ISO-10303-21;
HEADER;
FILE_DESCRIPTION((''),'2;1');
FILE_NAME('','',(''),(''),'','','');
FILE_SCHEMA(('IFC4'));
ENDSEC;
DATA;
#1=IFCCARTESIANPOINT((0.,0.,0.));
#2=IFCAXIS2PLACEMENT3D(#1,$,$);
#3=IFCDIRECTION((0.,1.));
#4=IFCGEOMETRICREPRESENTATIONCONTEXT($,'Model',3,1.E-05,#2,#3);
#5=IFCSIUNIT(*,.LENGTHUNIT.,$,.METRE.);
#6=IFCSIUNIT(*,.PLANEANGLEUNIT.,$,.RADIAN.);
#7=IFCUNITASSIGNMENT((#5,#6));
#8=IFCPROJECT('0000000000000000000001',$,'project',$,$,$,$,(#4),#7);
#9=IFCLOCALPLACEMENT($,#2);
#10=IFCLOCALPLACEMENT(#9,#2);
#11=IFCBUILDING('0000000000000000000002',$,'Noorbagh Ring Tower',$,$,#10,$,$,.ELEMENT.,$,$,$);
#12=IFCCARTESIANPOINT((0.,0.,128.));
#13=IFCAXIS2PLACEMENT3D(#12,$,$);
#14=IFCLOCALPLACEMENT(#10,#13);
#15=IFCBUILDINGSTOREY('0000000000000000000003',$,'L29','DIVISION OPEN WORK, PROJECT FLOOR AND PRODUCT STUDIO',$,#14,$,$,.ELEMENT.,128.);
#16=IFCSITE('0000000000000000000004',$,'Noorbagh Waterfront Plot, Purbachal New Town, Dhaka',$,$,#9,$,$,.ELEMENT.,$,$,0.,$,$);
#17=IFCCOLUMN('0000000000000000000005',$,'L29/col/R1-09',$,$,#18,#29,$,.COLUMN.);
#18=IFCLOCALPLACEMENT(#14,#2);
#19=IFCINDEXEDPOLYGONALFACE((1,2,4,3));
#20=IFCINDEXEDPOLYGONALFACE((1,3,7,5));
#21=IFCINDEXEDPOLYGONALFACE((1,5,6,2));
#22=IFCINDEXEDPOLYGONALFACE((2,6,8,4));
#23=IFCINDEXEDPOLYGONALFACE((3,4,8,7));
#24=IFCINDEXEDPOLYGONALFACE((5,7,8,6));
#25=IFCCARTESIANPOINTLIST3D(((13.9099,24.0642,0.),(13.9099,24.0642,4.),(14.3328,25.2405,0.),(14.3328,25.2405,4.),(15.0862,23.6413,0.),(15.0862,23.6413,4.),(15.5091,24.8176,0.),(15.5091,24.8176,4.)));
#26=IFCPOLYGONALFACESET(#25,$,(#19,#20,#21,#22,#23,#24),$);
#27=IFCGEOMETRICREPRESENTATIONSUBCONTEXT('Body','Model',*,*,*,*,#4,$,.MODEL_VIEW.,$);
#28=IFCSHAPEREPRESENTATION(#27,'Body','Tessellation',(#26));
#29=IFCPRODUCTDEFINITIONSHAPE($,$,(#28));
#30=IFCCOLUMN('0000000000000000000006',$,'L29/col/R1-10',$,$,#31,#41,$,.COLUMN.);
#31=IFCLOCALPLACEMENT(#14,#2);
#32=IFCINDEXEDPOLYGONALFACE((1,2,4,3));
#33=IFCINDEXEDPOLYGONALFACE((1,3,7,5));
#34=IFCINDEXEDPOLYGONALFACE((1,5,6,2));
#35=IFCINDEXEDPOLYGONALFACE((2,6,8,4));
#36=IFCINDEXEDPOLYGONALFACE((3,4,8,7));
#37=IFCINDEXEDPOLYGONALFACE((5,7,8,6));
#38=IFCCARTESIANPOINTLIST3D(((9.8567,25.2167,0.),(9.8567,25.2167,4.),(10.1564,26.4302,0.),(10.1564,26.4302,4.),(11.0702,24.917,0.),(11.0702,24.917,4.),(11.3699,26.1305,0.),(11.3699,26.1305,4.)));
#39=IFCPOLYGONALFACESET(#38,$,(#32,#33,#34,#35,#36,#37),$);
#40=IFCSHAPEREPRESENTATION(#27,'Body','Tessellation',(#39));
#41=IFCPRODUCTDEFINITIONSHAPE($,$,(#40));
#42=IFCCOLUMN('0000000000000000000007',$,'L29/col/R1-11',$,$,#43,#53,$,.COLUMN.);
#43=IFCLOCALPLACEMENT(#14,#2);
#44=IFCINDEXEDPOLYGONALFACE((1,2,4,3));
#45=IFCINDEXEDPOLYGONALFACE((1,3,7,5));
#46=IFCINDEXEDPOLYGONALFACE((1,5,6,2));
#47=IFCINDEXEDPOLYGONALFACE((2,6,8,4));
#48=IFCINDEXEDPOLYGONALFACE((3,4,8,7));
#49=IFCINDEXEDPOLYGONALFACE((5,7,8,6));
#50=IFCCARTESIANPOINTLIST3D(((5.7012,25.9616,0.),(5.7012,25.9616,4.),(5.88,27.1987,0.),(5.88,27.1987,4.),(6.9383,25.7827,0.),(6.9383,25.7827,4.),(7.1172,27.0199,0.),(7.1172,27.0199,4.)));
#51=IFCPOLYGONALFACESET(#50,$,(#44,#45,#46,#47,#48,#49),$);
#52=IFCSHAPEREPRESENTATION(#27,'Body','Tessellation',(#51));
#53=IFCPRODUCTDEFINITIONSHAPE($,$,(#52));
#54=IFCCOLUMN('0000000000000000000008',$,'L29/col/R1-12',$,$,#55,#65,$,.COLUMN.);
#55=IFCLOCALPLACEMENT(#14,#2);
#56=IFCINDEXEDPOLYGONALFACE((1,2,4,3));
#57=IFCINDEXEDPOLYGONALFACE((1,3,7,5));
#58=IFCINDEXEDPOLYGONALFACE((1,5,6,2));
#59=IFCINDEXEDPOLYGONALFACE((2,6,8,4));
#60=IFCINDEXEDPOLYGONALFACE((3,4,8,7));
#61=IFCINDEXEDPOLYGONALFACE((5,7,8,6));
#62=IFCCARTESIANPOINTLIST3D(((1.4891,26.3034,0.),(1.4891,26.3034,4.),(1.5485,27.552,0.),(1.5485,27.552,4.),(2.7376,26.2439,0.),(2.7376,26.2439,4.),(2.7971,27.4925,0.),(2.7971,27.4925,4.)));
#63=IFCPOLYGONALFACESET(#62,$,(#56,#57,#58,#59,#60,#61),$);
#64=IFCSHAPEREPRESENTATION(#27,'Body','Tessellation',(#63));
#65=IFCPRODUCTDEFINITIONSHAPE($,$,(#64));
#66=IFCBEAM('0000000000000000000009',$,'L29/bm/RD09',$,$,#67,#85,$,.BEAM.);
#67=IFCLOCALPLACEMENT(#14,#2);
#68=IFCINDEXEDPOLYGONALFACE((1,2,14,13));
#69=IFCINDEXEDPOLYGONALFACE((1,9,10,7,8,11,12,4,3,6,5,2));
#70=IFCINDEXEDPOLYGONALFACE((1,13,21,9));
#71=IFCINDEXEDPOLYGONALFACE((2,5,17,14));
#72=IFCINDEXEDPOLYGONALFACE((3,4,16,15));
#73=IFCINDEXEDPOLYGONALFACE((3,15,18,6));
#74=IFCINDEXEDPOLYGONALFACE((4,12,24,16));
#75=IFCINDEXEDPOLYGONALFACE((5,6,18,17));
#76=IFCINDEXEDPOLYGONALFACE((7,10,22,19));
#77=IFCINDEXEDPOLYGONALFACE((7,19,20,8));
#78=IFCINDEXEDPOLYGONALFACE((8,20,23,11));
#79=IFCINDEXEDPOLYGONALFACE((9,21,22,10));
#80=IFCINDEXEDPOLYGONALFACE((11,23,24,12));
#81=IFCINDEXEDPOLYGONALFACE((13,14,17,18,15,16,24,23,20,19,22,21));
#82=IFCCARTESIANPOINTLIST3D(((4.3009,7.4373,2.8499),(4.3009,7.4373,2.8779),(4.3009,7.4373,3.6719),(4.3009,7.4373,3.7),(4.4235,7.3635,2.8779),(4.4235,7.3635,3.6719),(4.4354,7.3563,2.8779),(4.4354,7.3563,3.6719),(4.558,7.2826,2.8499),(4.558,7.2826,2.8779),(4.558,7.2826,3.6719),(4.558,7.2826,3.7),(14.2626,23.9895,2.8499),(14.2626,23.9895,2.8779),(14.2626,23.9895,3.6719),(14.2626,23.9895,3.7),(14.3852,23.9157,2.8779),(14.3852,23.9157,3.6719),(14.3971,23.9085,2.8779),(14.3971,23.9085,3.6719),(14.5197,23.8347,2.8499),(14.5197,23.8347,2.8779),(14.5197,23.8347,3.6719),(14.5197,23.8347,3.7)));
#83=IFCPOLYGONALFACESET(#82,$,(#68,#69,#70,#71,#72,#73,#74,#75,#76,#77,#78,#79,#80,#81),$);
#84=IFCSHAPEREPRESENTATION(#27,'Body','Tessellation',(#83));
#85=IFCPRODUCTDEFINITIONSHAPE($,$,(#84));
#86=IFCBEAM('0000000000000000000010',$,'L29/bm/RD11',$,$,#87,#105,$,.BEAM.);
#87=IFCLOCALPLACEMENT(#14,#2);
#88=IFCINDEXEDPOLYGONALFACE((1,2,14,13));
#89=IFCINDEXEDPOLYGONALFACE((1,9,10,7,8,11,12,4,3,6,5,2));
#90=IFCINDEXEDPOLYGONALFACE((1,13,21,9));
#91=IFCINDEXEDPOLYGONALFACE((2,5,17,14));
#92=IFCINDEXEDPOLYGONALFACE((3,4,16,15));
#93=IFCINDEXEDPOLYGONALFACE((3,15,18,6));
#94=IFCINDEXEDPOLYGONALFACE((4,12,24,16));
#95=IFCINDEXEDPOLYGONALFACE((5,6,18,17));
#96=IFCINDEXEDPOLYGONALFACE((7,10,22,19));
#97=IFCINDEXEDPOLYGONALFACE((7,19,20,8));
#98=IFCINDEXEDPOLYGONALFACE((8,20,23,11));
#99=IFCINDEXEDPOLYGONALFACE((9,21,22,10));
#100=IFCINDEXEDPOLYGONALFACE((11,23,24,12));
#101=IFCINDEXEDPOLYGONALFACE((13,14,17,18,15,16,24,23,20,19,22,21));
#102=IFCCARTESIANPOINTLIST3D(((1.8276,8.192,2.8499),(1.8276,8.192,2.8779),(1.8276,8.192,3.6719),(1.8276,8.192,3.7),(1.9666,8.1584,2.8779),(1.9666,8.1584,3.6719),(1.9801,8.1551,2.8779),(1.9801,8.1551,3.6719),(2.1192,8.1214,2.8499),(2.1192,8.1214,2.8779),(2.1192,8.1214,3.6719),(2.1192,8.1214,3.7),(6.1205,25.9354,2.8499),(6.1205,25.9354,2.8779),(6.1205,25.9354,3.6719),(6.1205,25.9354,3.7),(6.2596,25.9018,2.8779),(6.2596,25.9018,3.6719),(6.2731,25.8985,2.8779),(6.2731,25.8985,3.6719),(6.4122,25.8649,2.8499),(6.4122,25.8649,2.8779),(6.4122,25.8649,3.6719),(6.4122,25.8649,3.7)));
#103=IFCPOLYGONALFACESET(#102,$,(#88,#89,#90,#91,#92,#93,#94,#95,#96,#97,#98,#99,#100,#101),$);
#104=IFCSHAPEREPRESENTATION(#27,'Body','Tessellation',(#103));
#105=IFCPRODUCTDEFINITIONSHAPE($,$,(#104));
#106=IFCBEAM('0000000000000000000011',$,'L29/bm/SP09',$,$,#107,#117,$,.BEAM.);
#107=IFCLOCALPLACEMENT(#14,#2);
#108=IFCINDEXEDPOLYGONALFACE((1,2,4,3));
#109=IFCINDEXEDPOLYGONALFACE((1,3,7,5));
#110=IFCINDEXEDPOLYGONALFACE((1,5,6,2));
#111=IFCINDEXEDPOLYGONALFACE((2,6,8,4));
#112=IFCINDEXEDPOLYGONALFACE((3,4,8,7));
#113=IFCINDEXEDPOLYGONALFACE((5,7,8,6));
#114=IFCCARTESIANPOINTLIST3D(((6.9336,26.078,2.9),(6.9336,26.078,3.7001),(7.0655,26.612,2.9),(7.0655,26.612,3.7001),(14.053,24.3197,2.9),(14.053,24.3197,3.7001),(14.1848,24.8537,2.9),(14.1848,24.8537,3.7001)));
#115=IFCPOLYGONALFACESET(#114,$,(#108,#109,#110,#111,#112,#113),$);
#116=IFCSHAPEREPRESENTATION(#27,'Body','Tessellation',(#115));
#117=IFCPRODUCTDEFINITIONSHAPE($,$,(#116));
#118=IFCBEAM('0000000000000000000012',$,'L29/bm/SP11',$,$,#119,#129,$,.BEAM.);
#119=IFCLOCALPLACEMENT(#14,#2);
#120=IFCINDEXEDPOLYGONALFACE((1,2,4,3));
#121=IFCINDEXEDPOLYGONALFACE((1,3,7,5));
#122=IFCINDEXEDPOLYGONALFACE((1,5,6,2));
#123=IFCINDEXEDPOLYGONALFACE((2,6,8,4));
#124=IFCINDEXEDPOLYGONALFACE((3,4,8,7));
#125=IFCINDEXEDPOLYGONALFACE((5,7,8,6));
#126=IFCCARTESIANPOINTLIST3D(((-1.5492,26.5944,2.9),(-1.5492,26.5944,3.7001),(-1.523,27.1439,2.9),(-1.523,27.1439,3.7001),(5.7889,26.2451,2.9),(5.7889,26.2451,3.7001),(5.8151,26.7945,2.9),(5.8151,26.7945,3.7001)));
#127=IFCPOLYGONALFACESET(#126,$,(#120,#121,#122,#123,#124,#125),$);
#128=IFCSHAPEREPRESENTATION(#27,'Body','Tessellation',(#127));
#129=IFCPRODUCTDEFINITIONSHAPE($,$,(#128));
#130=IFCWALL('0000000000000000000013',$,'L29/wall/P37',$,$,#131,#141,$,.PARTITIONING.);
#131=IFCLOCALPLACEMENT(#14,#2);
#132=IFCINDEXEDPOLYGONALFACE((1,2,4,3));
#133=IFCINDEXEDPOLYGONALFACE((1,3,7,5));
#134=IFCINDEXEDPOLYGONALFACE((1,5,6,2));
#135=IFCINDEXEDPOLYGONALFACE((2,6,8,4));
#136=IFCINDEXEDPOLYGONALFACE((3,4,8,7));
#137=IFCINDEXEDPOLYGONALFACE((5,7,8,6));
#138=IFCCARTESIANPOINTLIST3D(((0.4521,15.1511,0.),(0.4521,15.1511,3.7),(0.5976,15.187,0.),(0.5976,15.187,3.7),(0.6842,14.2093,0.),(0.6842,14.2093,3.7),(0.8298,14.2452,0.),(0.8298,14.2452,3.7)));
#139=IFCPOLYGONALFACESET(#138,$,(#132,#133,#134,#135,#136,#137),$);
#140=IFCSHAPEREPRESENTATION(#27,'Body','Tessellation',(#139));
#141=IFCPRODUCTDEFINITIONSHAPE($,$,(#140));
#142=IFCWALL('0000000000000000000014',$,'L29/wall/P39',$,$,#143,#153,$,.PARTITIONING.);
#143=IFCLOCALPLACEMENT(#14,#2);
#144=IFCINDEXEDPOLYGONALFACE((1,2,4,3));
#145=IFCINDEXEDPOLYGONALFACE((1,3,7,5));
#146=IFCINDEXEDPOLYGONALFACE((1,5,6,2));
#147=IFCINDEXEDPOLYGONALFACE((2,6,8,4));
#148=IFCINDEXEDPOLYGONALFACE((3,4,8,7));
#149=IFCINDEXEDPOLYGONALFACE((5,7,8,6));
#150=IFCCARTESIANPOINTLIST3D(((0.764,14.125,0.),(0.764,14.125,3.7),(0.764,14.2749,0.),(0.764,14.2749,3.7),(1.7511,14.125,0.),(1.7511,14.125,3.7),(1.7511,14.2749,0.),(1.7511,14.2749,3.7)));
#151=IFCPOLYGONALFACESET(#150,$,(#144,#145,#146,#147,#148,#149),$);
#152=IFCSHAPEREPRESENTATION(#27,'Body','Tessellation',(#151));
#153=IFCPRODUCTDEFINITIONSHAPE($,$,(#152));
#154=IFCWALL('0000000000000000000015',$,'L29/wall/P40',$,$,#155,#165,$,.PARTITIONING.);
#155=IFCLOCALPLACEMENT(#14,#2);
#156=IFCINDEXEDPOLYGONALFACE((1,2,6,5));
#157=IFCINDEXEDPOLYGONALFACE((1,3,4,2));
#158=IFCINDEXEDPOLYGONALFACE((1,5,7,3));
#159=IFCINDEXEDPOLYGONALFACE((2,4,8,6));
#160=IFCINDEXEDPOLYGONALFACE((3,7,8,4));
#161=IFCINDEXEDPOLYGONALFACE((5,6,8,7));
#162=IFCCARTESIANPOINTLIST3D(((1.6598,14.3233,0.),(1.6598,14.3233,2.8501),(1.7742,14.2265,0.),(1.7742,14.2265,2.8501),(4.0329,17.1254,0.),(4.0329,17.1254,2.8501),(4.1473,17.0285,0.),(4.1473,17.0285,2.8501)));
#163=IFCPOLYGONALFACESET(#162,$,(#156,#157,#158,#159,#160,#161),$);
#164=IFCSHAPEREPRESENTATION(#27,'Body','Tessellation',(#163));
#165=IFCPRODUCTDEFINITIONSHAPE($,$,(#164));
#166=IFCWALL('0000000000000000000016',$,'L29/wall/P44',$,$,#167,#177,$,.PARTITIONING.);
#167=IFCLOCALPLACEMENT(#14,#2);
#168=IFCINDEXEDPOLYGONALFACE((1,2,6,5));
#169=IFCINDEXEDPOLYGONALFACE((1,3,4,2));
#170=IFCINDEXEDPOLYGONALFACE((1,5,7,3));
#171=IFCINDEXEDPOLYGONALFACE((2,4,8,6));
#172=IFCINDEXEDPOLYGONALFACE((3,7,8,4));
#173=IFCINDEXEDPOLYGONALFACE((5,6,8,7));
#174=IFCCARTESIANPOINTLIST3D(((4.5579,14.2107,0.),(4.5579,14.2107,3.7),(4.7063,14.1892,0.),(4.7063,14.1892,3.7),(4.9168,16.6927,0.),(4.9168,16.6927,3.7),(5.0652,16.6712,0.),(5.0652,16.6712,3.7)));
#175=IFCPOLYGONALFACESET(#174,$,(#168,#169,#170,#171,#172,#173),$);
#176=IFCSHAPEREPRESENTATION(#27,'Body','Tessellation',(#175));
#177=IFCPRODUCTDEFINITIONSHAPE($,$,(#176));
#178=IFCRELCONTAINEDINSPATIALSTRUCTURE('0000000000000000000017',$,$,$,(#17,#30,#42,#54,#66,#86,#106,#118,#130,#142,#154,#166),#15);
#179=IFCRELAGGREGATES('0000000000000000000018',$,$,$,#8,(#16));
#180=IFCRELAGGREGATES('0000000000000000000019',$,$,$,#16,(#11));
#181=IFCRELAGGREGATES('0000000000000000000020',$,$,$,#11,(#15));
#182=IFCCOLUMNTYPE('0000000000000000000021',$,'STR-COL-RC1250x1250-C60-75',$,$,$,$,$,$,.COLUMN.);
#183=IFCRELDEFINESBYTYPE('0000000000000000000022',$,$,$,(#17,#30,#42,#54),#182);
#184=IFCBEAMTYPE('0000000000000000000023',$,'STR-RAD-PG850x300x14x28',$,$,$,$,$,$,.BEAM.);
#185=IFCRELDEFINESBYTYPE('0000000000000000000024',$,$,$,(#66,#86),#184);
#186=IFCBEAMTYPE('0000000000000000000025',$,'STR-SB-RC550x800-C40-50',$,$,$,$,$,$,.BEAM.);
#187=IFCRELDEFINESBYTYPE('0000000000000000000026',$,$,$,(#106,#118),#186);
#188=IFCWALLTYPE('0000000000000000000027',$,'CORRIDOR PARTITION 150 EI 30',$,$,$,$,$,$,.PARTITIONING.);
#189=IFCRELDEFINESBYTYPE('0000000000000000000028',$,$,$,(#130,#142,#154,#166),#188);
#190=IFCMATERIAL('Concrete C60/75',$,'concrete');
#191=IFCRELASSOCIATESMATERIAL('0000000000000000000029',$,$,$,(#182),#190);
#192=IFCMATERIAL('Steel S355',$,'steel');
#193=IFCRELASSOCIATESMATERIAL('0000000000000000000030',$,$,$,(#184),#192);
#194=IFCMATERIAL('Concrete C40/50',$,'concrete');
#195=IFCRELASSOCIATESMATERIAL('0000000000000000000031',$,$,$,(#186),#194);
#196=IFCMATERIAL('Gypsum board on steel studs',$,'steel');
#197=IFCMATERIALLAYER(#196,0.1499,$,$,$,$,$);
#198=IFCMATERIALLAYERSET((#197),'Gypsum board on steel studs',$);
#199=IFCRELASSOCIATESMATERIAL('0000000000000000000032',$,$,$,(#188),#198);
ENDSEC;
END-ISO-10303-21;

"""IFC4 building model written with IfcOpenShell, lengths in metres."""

from ifc_helpers import new_model, si_unit, direction, frame, frame_2d, origin, origin_2d, place, context, subcontext, project, spatial, rectangle, i_section, extrude, material, layer, layer_set, material_profile, profile_set, type_object, element, save


model = new_model("IFC4")

# Units and contexts
model_context = context("Model", 3, precision=1e-05, world=origin(), true_north=direction((0.0, 1.0)))
body_context = subcontext(model_context, "Body", "Model", "MODEL_VIEW")
ifc_project = project(units=[si_unit("LENGTHUNIT", "METRE"), si_unit("PLANEANGLEUNIT", "RADIAN")], contexts=[model_context])

# Site, building, storey
site_placement = place(None, origin())
site = spatial("IfcSite", under=ifc_project, at=site_placement, Name="Noorbagh Waterfront Plot, Purbachal New Town, Dhaka", CompositionType="ELEMENT", RefElevation=0.0)
building_placement = place(site_placement, origin())
building = spatial("IfcBuilding", under=site, at=building_placement, Name="Noorbagh Ring Tower", CompositionType="ELEMENT")
storey_placement = place(building_placement, frame((0.0, 0.0, 128.0)))
storey = spatial("IfcBuildingStorey", under=building, at=storey_placement, Name="L29", Description="DIVISION OPEN WORK, PROJECT FLOOR AND PRODUCT STUDIO", CompositionType="ELEMENT", Elevation=128.0)

# Columns
ifc_material_1 = material(Name="Concrete C60/75", Category="concrete")
ifc_material_profile_1 = material_profile(ifc_material_1, rectangle(XDim=1.25, YDim=1.25, at=origin_2d()), Name="RC1250x1250")
ifc_profile_set_1 = profile_set([ifc_material_profile_1], Name="Concrete C60/75")
column_type = type_object("IfcColumnType", Name="STR-COL-RC1250x1250-C60-75", PredefinedType="COLUMN", material=ifc_profile_set_1)
for number, where, z_axis, x_axis, name in (
    (1, (14.7095, 24.4409, 0.0), (0.0, 0.0, 1.0), (-0.941025, 0.338338, 0.0), "L29/col/R1-09"),
    (2, (10.6133, 25.6736, 0.0), (0.0, 0.0, 1.0), (-0.970829, 0.239771, 0.0), "L29/col/R1-10"),
    (3, (6.4092, 26.4907, 0.0), (0.0, 0.0, 1.0), (-0.989713, 0.143066, 0.0), "L29/col/R1-11"),
    (4, (2.1431, 26.8979, 0.0), (0.0, 0.0, 1.0), (-0.998869, 0.047553, 0.0), "L29/col/R1-12"),
):
    element("IfcColumn", number, at=place(storey_placement, frame(where, z_axis=z_axis, x_axis=x_axis)), inside=storey, type_object=column_type, Name=name, PredefinedType="COLUMN", context=body_context, shape_type="SweptSolid", body=[
        extrude(rectangle(XDim=1.25, YDim=1.25, at=origin_2d()), origin(), (0.0, 0.0, 1.0), 4.0),
    ])

# Beams
ifc_material_2 = material(Name="Steel S355", Category="steel")
ifc_material_profile_2 = material_profile(ifc_material_2, i_section(OverallWidth=0.3, OverallDepth=0.8501, WebThickness=0.0139, FlangeThickness=0.0281, at=origin_2d()), Name="PG850x300x14x28")
ifc_profile_set_2 = profile_set([ifc_material_profile_2], Name="Steel S355")
beam_type_1 = type_object("IfcBeamType", Name="STR-RAD-PG850x300x14x28", PredefinedType="BEAM", material=ifc_profile_set_2)
beam_1_placement = place(storey_placement, frame((14.3911, 23.9121, 3.2749), z_axis=(-0.515649, -0.8568, 0.0), x_axis=(0.8568, -0.515649, 0.0)))
element("IfcBeam", 5, at=beam_1_placement, inside=storey, type_object=beam_type_1, Name="L29/bm/RD09", PredefinedType="BEAM", context=body_context, shape_type="SweptSolid", body=[
    extrude(i_section(OverallWidth=0.3, OverallDepth=0.8501, WebThickness=0.0139, FlangeThickness=0.0281, at=origin_2d()), origin(), (0.0, 0.0, 1.0), 19.3186),
])
beam_2_placement = place(storey_placement, frame((6.2664, 25.9001, 3.2749), z_axis=(-0.235162, -0.971956, 0.0), x_axis=(0.971956, -0.235162, 0.0)))
element("IfcBeam", 6, at=beam_2_placement, inside=storey, type_object=beam_type_1, Name="L29/bm/RD11", PredefinedType="BEAM", context=body_context, shape_type="SweptSolid", body=[
    extrude(i_section(OverallWidth=0.3, OverallDepth=0.8501, WebThickness=0.0139, FlangeThickness=0.0281, at=origin_2d()), origin(), (0.0, 0.0, 1.0), 18.2554),
])
ifc_material_3 = material(Name="Concrete C40/50", Category="concrete")
ifc_material_profile_3 = material_profile(ifc_material_3, rectangle(XDim=0.55, YDim=0.8, at=origin_2d()), Name="RC550x800")
ifc_profile_set_3 = profile_set([ifc_material_profile_3], Name="Concrete C40/50")
beam_type_2 = type_object("IfcBeamType", Name="STR-SB-RC550x800-C40-50", PredefinedType="BEAM", material=ifc_profile_set_3)
beam_3_placement = place(storey_placement, frame((14.1189, 24.5867, 3.3), z_axis=(-0.97083, 0.239769, 0.0), x_axis=(-0.239769, -0.97083, 0.0)))
element("IfcBeam", 7, at=beam_3_placement, inside=storey, type_object=beam_type_2, Name="L29/bm/SP09", PredefinedType="BEAM", context=body_context, shape_type="SweptSolid", body=[
    extrude(rectangle(XDim=0.55, YDim=0.8, at=origin_2d()), origin(), (0.0, 0.0, 1.0), 7.3333),
])
beam_4_placement = place(storey_placement, frame((5.802, 26.5198, 3.3), z_axis=(-0.998869, 0.047556, 0.0), x_axis=(-0.047556, -0.998869, 0.0)))
element("IfcBeam", 8, at=beam_4_placement, inside=storey, type_object=beam_type_2, Name="L29/bm/SP11", PredefinedType="BEAM", context=body_context, shape_type="SweptSolid", body=[
    extrude(rectangle(XDim=0.55, YDim=0.8, at=origin_2d()), origin(), (0.0, 0.0, 1.0), 7.3464),
])

# Walls
ifc_material_4 = material(Name="Gypsum board on steel studs", Category="steel")
ifc_layer_1 = layer(ifc_material_4, 0.1499)
ifc_layer_set_1 = layer_set([ifc_layer_1], Name="Gypsum board on steel studs")
wall_type_1 = type_object("IfcWallType", Name="CORRIDOR PARTITION 150 EI 30", PredefinedType="PARTITIONING", material=ifc_layer_set_1)
wall_1_placement = place(storey_placement, frame((0.5249, 15.1689, 0.0), z_axis=(0.0, 0.0, 1.0), x_axis=(0.239337, -0.970937, 0.0)))
element("IfcWall", 9, at=wall_1_placement, inside=storey, type_object=wall_type_1, Name="L29/wall/P37", PredefinedType="PARTITIONING", context=body_context, shape_type="SweptSolid", body=[
    extrude(rectangle(XDim=0.97, YDim=0.1499, at=frame_2d((0.4849, 0.0))), origin(), (0.0, 0.0, 1.0), 3.7),
])
wall_2_placement = place(storey_placement, frame((0.7639, 14.2, 0.0), z_axis=(0.0, 0.0, 1.0), x_axis=(1.0, 0.0, 0.0)))
element("IfcWall", 10, at=wall_2_placement, inside=storey, type_object=wall_type_1, Name="L29/wall/P39", PredefinedType="PARTITIONING", context=body_context, shape_type="SweptSolid", body=[
    extrude(rectangle(XDim=0.9871, YDim=0.1499, at=frame_2d((0.4937, 0.0))), origin(), (0.0, 0.0, 1.0), 3.7),
])
wall_3_placement = place(storey_placement, frame((1.717, 14.2749, 0.0), z_axis=(0.0, 0.0, 1.0), x_axis=(0.646279, 0.763101, 0.0)))
element("IfcWall", 11, at=wall_3_placement, inside=storey, type_object=wall_type_1, Name="L29/wall/P40", PredefinedType="PARTITIONING", context=body_context, shape_type="SweptSolid", body=[
    extrude(rectangle(XDim=3.6719, YDim=0.1499, at=frame_2d((1.8359, 0.0))), origin(), (0.0, 0.0, 1.0), 2.8501),
])
wall_4_placement = place(storey_placement, frame((4.6321, 14.2, 0.0), z_axis=(0.0, 0.0, 1.0), x_axis=(0.143111, 0.989707, 0.0)))
element("IfcWall", 12, at=wall_4_placement, inside=storey, type_object=wall_type_1, Name="L29/wall/P44", PredefinedType="PARTITIONING", context=body_context, shape_type="SweptSolid", body=[
    extrude(rectangle(XDim=2.5078, YDim=0.1499, at=frame_2d((1.2539, 0.0))), origin(), (0.0, 0.0, 1.0), 3.7),
])

save(model, "model.ifc")
